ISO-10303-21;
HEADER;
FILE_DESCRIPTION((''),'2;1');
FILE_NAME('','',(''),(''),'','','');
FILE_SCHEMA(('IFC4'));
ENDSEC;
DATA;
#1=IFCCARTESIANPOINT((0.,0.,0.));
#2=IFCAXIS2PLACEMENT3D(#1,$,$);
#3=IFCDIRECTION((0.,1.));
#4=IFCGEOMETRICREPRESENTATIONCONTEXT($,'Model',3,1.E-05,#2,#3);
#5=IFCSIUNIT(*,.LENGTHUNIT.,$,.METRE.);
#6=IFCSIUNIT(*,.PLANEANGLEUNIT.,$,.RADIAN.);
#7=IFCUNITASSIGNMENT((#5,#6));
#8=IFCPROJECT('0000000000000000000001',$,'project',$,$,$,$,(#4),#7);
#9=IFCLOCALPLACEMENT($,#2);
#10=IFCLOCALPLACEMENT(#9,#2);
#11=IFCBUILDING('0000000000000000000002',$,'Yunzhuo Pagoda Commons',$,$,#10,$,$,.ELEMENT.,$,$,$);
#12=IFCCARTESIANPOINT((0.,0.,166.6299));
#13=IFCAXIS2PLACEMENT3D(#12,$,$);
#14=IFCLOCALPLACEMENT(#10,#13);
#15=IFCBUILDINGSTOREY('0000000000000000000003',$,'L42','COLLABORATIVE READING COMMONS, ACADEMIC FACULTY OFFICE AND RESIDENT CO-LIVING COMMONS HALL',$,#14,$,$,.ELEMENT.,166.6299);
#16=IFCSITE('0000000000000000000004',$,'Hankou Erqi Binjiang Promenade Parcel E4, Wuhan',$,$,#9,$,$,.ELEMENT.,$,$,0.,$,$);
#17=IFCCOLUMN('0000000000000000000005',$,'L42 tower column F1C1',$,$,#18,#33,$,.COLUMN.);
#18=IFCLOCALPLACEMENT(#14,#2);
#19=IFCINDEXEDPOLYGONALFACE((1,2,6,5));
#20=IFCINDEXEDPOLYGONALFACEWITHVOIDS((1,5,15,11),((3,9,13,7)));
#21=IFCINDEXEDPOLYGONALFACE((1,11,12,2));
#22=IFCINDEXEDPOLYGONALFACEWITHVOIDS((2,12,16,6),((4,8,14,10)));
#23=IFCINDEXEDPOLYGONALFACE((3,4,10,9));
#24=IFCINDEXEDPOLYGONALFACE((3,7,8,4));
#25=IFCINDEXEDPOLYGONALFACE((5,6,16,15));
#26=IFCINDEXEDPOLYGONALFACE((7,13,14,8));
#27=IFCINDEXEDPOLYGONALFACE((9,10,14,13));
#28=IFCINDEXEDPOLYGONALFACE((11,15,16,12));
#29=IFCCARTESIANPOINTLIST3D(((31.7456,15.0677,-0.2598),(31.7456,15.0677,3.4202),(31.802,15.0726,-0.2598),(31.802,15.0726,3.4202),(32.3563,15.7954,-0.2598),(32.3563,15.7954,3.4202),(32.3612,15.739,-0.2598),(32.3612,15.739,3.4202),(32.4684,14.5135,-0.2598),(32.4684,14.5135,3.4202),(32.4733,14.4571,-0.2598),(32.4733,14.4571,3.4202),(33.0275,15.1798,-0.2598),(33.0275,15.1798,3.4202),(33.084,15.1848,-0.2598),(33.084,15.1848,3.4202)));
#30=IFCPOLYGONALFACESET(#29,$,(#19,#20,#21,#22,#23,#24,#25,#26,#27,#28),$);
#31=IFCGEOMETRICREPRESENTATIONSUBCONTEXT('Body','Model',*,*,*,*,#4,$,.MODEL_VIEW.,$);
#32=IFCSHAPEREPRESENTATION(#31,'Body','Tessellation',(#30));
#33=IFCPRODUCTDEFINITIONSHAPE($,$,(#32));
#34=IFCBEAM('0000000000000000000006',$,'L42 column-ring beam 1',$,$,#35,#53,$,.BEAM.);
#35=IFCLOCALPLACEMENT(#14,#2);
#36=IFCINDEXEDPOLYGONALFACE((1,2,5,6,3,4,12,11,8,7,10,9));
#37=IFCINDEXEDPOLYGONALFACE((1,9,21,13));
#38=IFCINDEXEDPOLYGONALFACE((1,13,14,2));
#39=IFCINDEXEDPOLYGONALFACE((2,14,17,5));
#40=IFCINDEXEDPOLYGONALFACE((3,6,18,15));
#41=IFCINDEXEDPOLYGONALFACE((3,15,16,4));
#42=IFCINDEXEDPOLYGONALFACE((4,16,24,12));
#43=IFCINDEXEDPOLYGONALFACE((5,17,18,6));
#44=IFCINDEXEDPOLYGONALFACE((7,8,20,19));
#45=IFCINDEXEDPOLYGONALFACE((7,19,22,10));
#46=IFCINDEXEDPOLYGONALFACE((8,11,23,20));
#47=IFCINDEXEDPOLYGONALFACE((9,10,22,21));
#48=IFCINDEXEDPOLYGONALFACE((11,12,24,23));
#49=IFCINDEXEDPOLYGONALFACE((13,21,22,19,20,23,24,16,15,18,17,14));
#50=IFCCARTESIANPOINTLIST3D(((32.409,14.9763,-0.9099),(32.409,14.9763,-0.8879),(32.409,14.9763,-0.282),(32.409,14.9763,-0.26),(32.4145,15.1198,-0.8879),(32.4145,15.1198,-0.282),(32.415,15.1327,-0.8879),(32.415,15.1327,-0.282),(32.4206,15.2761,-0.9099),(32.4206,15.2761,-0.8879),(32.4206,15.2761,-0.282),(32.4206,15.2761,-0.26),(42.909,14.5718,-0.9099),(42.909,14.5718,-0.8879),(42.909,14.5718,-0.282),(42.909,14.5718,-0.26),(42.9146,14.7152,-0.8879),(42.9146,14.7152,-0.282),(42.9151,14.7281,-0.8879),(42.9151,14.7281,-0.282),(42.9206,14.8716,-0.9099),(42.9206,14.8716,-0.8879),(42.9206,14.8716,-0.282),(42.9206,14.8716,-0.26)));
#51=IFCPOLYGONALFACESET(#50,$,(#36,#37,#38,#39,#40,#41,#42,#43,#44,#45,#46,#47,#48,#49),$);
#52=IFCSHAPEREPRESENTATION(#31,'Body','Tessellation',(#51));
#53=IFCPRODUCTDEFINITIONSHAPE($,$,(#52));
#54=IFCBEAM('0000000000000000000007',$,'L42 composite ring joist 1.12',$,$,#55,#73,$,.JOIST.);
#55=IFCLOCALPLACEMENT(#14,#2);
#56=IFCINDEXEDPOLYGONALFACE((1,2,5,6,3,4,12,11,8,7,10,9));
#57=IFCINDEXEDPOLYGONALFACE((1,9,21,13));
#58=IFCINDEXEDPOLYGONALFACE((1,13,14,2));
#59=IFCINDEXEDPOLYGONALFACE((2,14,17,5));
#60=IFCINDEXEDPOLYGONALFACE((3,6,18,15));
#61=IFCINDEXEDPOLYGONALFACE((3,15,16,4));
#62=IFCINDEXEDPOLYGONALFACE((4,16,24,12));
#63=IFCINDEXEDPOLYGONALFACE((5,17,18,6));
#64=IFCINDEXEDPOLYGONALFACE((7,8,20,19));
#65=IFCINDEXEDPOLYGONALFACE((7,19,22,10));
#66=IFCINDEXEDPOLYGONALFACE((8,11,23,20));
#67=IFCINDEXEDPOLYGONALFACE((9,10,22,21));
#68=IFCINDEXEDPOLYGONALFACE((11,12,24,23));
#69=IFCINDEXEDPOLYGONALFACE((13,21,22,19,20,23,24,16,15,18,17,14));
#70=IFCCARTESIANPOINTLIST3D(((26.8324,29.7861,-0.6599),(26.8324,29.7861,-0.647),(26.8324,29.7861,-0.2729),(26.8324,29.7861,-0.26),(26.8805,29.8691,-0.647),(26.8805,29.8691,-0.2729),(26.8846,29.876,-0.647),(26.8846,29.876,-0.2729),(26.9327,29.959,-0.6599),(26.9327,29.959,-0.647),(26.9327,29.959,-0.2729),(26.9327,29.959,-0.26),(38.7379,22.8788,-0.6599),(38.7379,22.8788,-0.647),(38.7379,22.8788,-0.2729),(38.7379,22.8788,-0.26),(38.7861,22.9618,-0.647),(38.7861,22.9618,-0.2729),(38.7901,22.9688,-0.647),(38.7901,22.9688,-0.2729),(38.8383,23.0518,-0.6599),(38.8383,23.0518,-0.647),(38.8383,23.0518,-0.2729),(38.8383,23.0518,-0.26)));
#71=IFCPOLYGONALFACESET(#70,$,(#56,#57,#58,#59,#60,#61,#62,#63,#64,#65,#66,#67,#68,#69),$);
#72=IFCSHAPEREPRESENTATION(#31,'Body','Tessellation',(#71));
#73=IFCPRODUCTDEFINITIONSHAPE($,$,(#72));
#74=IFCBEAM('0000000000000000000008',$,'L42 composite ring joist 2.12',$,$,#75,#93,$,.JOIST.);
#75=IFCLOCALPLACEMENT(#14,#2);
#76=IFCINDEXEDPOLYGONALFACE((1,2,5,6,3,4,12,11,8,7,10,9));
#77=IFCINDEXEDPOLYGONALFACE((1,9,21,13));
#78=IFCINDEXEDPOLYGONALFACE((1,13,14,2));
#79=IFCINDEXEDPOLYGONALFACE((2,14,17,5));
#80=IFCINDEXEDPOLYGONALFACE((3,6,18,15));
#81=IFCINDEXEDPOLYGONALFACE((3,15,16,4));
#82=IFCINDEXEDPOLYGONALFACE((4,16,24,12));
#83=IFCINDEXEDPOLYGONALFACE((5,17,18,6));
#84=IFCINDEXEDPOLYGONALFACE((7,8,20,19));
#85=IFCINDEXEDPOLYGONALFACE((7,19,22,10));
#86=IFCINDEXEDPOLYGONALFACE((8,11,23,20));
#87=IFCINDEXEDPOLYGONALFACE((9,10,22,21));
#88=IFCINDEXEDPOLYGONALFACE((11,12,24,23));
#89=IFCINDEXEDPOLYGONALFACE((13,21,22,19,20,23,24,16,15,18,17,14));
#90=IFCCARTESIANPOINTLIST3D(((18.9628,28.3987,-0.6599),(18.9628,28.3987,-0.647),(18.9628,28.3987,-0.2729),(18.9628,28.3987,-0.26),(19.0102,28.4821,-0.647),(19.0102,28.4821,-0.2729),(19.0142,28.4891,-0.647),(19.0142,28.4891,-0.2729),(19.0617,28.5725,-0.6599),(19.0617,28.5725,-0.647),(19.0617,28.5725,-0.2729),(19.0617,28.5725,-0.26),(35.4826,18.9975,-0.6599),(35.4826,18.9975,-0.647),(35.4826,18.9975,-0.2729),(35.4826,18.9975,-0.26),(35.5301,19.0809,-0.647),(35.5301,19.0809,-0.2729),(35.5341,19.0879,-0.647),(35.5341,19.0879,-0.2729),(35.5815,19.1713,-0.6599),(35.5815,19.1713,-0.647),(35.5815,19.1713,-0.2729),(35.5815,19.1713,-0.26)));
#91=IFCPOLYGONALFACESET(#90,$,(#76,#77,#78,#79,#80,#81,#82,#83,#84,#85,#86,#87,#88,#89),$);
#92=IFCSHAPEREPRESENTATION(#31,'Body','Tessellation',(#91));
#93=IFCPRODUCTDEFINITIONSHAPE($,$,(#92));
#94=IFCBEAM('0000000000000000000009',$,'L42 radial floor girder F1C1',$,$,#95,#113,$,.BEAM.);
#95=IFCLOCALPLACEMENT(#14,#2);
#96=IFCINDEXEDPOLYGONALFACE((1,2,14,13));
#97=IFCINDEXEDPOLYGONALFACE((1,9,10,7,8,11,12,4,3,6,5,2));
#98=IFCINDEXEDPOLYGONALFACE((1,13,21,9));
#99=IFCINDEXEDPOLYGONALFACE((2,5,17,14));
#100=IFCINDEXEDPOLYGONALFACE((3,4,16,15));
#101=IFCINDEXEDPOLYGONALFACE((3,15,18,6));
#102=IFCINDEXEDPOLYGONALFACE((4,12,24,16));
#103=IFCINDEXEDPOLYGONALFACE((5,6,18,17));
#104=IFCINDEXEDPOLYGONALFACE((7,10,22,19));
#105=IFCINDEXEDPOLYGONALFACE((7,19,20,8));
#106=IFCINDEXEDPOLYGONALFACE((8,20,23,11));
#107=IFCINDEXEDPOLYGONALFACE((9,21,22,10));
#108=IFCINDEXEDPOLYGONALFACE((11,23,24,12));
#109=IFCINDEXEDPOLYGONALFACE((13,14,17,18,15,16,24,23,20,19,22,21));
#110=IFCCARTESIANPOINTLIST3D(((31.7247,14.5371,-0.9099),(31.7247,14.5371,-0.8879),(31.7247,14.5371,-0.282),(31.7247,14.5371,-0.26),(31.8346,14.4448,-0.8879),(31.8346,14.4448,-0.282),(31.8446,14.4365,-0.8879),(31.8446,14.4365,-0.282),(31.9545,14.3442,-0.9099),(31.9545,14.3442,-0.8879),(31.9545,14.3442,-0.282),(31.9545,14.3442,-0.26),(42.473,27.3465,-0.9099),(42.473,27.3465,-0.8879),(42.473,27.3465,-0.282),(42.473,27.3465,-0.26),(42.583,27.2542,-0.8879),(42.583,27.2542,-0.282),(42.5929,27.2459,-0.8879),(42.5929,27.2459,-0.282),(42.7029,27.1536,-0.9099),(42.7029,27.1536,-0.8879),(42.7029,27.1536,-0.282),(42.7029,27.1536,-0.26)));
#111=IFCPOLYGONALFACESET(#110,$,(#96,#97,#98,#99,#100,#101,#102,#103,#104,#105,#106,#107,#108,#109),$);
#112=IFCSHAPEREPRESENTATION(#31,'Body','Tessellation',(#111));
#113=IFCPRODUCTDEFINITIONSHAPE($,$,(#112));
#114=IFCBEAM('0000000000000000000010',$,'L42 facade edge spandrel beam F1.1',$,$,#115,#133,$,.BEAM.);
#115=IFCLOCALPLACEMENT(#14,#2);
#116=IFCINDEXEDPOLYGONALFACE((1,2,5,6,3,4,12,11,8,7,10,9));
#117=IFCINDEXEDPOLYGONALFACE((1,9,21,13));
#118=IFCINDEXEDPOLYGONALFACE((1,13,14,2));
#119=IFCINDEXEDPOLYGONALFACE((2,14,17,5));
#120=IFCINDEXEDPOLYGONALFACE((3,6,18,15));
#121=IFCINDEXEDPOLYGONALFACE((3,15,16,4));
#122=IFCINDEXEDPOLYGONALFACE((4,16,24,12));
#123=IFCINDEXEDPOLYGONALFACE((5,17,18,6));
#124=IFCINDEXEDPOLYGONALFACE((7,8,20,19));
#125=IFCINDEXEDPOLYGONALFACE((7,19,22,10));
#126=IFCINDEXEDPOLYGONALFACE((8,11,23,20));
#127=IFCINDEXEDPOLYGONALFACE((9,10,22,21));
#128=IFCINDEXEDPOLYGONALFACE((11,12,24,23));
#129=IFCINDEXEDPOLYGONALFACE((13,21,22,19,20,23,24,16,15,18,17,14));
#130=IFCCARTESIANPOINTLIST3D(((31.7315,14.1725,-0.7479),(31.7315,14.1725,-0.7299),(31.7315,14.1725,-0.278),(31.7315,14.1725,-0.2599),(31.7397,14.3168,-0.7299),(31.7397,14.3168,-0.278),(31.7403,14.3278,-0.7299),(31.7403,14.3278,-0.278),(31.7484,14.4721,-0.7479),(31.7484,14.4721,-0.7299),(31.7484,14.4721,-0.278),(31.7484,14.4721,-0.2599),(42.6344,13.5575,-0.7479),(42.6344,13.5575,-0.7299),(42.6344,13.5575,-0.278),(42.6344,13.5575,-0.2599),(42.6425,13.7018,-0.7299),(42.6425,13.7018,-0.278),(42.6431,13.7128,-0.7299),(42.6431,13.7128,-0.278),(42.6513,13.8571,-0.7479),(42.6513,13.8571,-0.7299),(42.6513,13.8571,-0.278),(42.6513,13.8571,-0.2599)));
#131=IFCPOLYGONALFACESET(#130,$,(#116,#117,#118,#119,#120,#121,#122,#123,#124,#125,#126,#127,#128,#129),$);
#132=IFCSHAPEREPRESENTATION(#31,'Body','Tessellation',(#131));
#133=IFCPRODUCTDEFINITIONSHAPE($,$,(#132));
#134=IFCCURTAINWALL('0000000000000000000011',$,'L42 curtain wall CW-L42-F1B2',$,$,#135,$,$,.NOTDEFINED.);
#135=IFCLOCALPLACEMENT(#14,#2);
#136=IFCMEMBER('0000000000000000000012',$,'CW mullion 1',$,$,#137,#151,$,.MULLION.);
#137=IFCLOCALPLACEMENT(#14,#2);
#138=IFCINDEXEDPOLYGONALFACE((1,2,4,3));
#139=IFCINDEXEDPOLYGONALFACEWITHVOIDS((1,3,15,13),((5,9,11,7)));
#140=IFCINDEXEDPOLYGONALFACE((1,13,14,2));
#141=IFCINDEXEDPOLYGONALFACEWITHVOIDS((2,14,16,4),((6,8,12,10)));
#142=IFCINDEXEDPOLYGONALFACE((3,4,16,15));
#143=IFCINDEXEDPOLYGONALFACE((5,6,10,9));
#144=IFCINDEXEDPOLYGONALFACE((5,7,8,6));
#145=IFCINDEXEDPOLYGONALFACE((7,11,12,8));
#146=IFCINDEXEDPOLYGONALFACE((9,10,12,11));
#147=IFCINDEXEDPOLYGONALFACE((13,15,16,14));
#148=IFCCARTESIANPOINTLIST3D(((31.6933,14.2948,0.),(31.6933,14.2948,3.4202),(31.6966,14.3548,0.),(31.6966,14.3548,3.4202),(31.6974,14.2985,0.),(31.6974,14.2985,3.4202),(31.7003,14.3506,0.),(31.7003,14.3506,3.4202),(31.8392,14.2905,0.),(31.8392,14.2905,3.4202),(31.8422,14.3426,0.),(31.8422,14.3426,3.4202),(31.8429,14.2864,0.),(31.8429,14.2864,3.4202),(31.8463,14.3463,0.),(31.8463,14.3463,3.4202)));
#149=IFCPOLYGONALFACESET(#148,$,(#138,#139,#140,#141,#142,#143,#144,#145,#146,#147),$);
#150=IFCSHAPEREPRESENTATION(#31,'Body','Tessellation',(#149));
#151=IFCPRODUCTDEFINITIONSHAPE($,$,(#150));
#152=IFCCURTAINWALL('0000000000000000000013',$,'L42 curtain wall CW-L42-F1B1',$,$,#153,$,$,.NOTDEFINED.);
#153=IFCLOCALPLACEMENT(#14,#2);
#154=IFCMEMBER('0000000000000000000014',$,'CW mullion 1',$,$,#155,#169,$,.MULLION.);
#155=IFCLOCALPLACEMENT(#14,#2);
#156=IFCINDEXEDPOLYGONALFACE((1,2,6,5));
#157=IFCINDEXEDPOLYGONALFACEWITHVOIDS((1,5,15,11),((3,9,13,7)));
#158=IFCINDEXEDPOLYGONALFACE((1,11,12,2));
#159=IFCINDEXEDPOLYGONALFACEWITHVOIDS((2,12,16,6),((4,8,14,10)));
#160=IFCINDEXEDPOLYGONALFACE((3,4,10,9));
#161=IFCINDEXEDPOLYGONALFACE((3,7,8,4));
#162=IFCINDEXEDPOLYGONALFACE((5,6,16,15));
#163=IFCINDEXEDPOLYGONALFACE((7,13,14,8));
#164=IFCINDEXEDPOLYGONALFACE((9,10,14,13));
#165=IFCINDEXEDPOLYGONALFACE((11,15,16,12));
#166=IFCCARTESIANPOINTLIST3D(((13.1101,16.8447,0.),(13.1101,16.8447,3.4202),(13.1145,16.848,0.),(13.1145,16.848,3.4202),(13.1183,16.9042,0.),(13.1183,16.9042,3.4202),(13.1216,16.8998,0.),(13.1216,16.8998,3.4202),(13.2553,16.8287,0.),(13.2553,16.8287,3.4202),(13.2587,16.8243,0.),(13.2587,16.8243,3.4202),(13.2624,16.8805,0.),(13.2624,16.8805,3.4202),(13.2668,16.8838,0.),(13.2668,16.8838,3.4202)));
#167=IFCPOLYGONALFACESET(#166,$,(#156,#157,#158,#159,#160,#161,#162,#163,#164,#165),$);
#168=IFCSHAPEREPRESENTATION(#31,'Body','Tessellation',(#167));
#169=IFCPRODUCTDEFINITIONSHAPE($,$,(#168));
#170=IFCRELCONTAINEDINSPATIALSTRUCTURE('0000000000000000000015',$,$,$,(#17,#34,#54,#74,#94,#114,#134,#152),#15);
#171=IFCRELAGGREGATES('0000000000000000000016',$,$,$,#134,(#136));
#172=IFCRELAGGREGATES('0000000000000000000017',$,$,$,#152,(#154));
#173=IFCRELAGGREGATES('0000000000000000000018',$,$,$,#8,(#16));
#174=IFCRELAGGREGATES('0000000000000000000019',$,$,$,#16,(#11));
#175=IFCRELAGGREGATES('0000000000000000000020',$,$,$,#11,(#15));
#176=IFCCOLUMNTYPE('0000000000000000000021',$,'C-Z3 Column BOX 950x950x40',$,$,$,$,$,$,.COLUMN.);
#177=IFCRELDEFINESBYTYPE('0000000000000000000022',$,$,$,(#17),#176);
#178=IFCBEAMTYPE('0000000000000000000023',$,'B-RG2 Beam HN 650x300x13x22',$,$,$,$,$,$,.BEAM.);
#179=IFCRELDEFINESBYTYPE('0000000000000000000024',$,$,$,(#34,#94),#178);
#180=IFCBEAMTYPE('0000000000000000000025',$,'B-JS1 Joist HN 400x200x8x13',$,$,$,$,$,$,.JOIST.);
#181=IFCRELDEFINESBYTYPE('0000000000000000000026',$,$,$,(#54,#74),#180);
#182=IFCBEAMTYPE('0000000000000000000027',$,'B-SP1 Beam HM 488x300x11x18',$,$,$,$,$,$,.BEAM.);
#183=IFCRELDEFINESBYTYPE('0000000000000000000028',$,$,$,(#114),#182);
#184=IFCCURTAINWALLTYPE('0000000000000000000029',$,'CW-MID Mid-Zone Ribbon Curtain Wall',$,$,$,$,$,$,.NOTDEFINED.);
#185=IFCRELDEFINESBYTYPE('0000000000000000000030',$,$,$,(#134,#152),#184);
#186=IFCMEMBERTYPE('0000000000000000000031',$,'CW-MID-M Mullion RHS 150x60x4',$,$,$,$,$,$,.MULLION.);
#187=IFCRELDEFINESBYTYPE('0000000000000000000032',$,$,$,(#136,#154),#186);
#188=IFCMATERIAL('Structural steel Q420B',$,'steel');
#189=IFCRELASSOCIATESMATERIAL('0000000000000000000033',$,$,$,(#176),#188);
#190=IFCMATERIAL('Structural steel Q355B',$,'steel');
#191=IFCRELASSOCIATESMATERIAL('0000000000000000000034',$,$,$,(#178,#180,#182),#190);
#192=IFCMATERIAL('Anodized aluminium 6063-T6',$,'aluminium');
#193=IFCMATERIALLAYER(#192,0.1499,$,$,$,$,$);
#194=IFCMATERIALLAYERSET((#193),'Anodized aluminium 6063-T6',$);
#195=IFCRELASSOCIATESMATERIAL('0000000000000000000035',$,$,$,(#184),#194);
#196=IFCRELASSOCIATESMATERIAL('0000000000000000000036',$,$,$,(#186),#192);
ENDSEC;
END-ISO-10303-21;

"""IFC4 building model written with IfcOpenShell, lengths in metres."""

from ifc_helpers import new_model, si_unit, direction, frame, origin, origin_2d, place, context, subcontext, project, spatial, hollow_rectangle, i_section, extrude, source, transform, mapped, material, layer, layer_set, material_profile, profile_set, type_object, element, aggregate, save


model = new_model("IFC4")

# Units and contexts
model_context = context("Model", 3, precision=1e-05, world=origin(), true_north=direction((0.0, 1.0)))
body_context = subcontext(model_context, "Body", "Model", "MODEL_VIEW")
ifc_project = project(units=[si_unit("LENGTHUNIT", "METRE"), si_unit("PLANEANGLEUNIT", "RADIAN")], contexts=[model_context])

# Site, building, storey
site_placement = place(None, origin())
site = spatial("IfcSite", under=ifc_project, at=site_placement, Name="Hankou Erqi Binjiang Promenade Parcel E4, Wuhan", CompositionType="ELEMENT", RefElevation=0.0)
building_placement = place(site_placement, origin())
building = spatial("IfcBuilding", under=site, at=building_placement, Name="Yunzhuo Pagoda Commons", CompositionType="ELEMENT")
storey_placement = place(building_placement, frame((0.0, 0.0, 166.6299)))
storey = spatial("IfcBuildingStorey", under=building, at=storey_placement, Name="L42", Description="COLLABORATIVE READING COMMONS, ACADEMIC FACULTY OFFICE AND RESIDENT CO-LIVING COMMONS HALL", CompositionType="ELEMENT", Elevation=166.6299)

# Column
ifc_material_1 = material(Name="Structural steel Q420B", Category="steel")
ifc_material_profile_1 = material_profile(ifc_material_1, hollow_rectangle(XDim=0.95, YDim=0.95, WallThickness=0.04, at=origin_2d()), Name="Structural steel Q420B")
ifc_profile_set_1 = profile_set([ifc_material_profile_1], Name="Structural steel Q420B")
column_type = type_object("IfcColumnType", Name="C-Z3 Column BOX 950x950x40", PredefinedType="COLUMN", material=ifc_profile_set_1)
shared_shape_1 = source(origin(), body_context, "Body", "SweptSolid", [
    extrude(hollow_rectangle(XDim=0.95, YDim=0.95, WallThickness=0.04, at=origin_2d()), origin(), (0.0, 0.0, 1.0), 3.6799),
])
column_placement = place(storey_placement, frame((32.4148, 15.1262, -0.2598), z_axis=(0.0, 0.0, 1.0), x_axis=(0.766044, -0.642788, 0.0)))
element("IfcColumn", 1, at=column_placement, inside=storey, type_object=column_type, Name="L42 tower column F1C1", PredefinedType="COLUMN", context=body_context, shape_type="MappedRepresentation", body=[
    mapped(shared_shape_1, transform((0.0, 0.0, 0.0), scale=1.0)),
])

# Beams
ifc_material_2 = material(Name="Structural steel Q355B", Category="steel")
ifc_material_profile_2 = material_profile(ifc_material_2, i_section(OverallWidth=0.3, OverallDepth=0.6499, WebThickness=0.0129, FlangeThickness=0.022, at=origin_2d()), Name="Structural steel Q355B")
ifc_profile_set_2 = profile_set([ifc_material_profile_2], Name="Structural steel Q355B")
beam_type_1 = type_object("IfcBeamType", Name="B-RG2 Beam HN 650x300x13x22", PredefinedType="BEAM", material=ifc_profile_set_2)
shared_shape_2 = source(origin(), body_context, "Body", "SweptSolid", [
    extrude(i_section(OverallWidth=0.3, OverallDepth=0.6499, WebThickness=0.0129, FlangeThickness=0.022, at=origin_2d()), origin(), (0.0, 0.0, 1.0), 10.5078),
])
beam_1_placement = place(storey_placement, frame((32.4148, 15.1262, -0.585), z_axis=(0.999259, -0.038499, 0.0), x_axis=(0.038499, 0.999259, 0.0)))
element("IfcBeam", 2, at=beam_1_placement, inside=storey, type_object=beam_type_1, Name="L42 column-ring beam 1", PredefinedType="BEAM", context=body_context, shape_type="MappedRepresentation", body=[
    mapped(shared_shape_2, transform((0.0, 0.0, 0.0), scale=1.0)),
])
ifc_material_profile_3 = material_profile(ifc_material_2, i_section(OverallWidth=0.2, OverallDepth=0.3999, WebThickness=0.0081, FlangeThickness=0.0129, at=origin_2d()), Name="Structural steel Q355B")
ifc_profile_set_3 = profile_set([ifc_material_profile_3], Name="Structural steel Q355B")
beam_type_2 = type_object("IfcBeamType", Name="B-JS1 Joist HN 400x200x8x13", PredefinedType="JOIST", material=ifc_profile_set_3)
shared_shape_3 = source(origin(), body_context, "Body", "SweptSolid", [
    extrude(i_section(OverallWidth=0.2, OverallDepth=0.3999, WebThickness=0.0081, FlangeThickness=0.0129, at=origin_2d()), origin(), (0.0, 0.0, 1.0), 13.7642),
])
beam_2_placement = place(storey_placement, frame((26.8826, 29.8726, -0.46), z_axis=(0.864967, -0.501828, 0.0), x_axis=(0.501828, 0.864967, 0.0)))
element("IfcBeam", 3, at=beam_2_placement, inside=storey, type_object=beam_type_2, Name="L42 composite ring joist 1.12", PredefinedType="JOIST", context=body_context, shape_type="MappedRepresentation", body=[
    mapped(shared_shape_3, transform((0.0, 0.0, 0.0), scale=1.0)),
])
shared_shape_4 = source(origin(), body_context, "Body", "SweptSolid", [
    extrude(i_section(OverallWidth=0.2, OverallDepth=0.3999, WebThickness=0.0081, FlangeThickness=0.0129, at=origin_2d()), origin(), (0.0, 0.0, 1.0), 19.0076),
])
beam_3_placement = place(storey_placement, frame((19.0122, 28.4856, -0.46), z_axis=(0.86912, -0.494601, 0.0), x_axis=(0.494601, 0.86912, 0.0)))
element("IfcBeam", 4, at=beam_3_placement, inside=storey, type_object=beam_type_2, Name="L42 composite ring joist 2.12", PredefinedType="JOIST", context=body_context, shape_type="MappedRepresentation", body=[
    mapped(shared_shape_4, transform((0.0, 0.0, 0.0), scale=1.0)),
])
shared_shape_5 = source(origin(), body_context, "Body", "SweptSolid", [
    extrude(i_section(OverallWidth=0.3, OverallDepth=0.6499, WebThickness=0.0129, FlangeThickness=0.022, at=origin_2d()), origin(), (0.0, 0.0, 1.0), 16.7214),
])
beam_4_placement = place(storey_placement, frame((31.8396, 14.4407, -0.585), z_axis=(0.642787, 0.766045, 0.0), x_axis=(-0.766045, 0.642787, 0.0)))
element("IfcBeam", 5, at=beam_4_placement, inside=storey, type_object=beam_type_1, Name="L42 radial floor girder F1C1", PredefinedType="BEAM", context=body_context, shape_type="MappedRepresentation", body=[
    mapped(shared_shape_5, transform((0.0, 0.0, 0.0), scale=1.0)),
])
ifc_material_profile_4 = material_profile(ifc_material_2, i_section(OverallWidth=0.3, OverallDepth=0.488, WebThickness=0.011, FlangeThickness=0.0181, at=origin_2d()), Name="Structural steel Q355B")
ifc_profile_set_4 = profile_set([ifc_material_profile_4], Name="Structural steel Q355B")
beam_type_3 = type_object("IfcBeamType", Name="B-SP1 Beam HM 488x300x11x18", PredefinedType="BEAM", material=ifc_profile_set_4)
shared_shape_6 = source(origin(), body_context, "Body", "SweptSolid", [
    extrude(i_section(OverallWidth=0.3, OverallDepth=0.488, WebThickness=0.011, FlangeThickness=0.0181, at=origin_2d()), origin(), (0.0, 0.0, 1.0), 10.9202),
])
beam_5_placement = place(storey_placement, frame((31.74, 14.3223, -0.5039), z_axis=(0.998413, -0.056317, 0.0), x_axis=(0.056317, 0.998413, 0.0)))
element("IfcBeam", 6, at=beam_5_placement, inside=storey, type_object=beam_type_3, Name="L42 facade edge spandrel beam F1.1", PredefinedType="BEAM", context=body_context, shape_type="MappedRepresentation", body=[
    mapped(shared_shape_6, transform((0.0, 0.0, 0.0), scale=1.0)),
])

# Curtain wall, member
ifc_material_3 = material(Name="Anodized aluminium 6063-T6", Category="aluminium")
ifc_layer_1 = layer(ifc_material_3, 0.1499)
ifc_layer_set_1 = layer_set([ifc_layer_1], Name="Anodized aluminium 6063-T6")
curtain_wall_type = type_object("IfcCurtainWallType", Name="CW-MID Mid-Zone Ribbon Curtain Wall", PredefinedType="NOTDEFINED", material=ifc_layer_set_1)
curtain_wall_1_placement = place(storey_placement, origin())
curtain_wall_1 = element("IfcCurtainWall", 7, at=curtain_wall_1_placement, inside=storey, type_object=curtain_wall_type, Name="L42 curtain wall CW-L42-F1B2", PredefinedType="NOTDEFINED")
ifc_material_profile_5 = material_profile(ifc_material_3, hollow_rectangle(XDim=0.0601, YDim=0.1499, WallThickness=0.0039, at=origin_2d()), Name="Anodized aluminium 6063-T6")
ifc_profile_set_5 = profile_set([ifc_material_profile_5], Name="Anodized aluminium 6063-T6")
member_type_1 = type_object("IfcMemberType", Name="CW-MID-M Mullion RHS 150x60x4", PredefinedType="MULLION", material=ifc_profile_set_5)
shared_shape_7 = source(origin(), body_context, "Body", "SweptSolid", [
    extrude(hollow_rectangle(XDim=0.0601, YDim=0.1499, WallThickness=0.0039, at=origin_2d()), origin(), (0.0, 0.0, 1.0), 3.4202),
])
member_1_placement = place(storey_placement, frame((31.7698, 14.3206, 0.0), z_axis=(0.0, 0.0, 1.0), x_axis=(0.056299, 0.998414, 0.0)))
member_1 = element("IfcMember", 8, at=member_1_placement, type_object=member_type_1, Name="CW mullion 1", PredefinedType="MULLION", context=body_context, shape_type="MappedRepresentation", body=[
    mapped(shared_shape_7, transform((0.0, 0.0, 0.0), scale=1.0)),
])

# Curtain wall, member
curtain_wall_2_placement = place(storey_placement, origin())
curtain_wall_2 = element("IfcCurtainWall", 9, at=curtain_wall_2_placement, inside=storey, type_object=curtain_wall_type, Name="L42 curtain wall CW-L42-F1B1", PredefinedType="NOTDEFINED")
member_2_placement = place(storey_placement, frame((13.1885, 16.8643, 0.0), z_axis=(0.0, 0.0, 1.0), x_axis=(0.135767, 0.990741, 0.0)))
member_2 = element("IfcMember", 10, at=member_2_placement, type_object=member_type_1, Name="CW mullion 1", PredefinedType="MULLION", context=body_context, shape_type="MappedRepresentation", body=[
    mapped(shared_shape_7, transform((0.0, 0.0, 0.0), scale=1.0)),
])

aggregate(curtain_wall_1, [member_1])

aggregate(curtain_wall_2, [member_2])

save(model, "model.ifc")
